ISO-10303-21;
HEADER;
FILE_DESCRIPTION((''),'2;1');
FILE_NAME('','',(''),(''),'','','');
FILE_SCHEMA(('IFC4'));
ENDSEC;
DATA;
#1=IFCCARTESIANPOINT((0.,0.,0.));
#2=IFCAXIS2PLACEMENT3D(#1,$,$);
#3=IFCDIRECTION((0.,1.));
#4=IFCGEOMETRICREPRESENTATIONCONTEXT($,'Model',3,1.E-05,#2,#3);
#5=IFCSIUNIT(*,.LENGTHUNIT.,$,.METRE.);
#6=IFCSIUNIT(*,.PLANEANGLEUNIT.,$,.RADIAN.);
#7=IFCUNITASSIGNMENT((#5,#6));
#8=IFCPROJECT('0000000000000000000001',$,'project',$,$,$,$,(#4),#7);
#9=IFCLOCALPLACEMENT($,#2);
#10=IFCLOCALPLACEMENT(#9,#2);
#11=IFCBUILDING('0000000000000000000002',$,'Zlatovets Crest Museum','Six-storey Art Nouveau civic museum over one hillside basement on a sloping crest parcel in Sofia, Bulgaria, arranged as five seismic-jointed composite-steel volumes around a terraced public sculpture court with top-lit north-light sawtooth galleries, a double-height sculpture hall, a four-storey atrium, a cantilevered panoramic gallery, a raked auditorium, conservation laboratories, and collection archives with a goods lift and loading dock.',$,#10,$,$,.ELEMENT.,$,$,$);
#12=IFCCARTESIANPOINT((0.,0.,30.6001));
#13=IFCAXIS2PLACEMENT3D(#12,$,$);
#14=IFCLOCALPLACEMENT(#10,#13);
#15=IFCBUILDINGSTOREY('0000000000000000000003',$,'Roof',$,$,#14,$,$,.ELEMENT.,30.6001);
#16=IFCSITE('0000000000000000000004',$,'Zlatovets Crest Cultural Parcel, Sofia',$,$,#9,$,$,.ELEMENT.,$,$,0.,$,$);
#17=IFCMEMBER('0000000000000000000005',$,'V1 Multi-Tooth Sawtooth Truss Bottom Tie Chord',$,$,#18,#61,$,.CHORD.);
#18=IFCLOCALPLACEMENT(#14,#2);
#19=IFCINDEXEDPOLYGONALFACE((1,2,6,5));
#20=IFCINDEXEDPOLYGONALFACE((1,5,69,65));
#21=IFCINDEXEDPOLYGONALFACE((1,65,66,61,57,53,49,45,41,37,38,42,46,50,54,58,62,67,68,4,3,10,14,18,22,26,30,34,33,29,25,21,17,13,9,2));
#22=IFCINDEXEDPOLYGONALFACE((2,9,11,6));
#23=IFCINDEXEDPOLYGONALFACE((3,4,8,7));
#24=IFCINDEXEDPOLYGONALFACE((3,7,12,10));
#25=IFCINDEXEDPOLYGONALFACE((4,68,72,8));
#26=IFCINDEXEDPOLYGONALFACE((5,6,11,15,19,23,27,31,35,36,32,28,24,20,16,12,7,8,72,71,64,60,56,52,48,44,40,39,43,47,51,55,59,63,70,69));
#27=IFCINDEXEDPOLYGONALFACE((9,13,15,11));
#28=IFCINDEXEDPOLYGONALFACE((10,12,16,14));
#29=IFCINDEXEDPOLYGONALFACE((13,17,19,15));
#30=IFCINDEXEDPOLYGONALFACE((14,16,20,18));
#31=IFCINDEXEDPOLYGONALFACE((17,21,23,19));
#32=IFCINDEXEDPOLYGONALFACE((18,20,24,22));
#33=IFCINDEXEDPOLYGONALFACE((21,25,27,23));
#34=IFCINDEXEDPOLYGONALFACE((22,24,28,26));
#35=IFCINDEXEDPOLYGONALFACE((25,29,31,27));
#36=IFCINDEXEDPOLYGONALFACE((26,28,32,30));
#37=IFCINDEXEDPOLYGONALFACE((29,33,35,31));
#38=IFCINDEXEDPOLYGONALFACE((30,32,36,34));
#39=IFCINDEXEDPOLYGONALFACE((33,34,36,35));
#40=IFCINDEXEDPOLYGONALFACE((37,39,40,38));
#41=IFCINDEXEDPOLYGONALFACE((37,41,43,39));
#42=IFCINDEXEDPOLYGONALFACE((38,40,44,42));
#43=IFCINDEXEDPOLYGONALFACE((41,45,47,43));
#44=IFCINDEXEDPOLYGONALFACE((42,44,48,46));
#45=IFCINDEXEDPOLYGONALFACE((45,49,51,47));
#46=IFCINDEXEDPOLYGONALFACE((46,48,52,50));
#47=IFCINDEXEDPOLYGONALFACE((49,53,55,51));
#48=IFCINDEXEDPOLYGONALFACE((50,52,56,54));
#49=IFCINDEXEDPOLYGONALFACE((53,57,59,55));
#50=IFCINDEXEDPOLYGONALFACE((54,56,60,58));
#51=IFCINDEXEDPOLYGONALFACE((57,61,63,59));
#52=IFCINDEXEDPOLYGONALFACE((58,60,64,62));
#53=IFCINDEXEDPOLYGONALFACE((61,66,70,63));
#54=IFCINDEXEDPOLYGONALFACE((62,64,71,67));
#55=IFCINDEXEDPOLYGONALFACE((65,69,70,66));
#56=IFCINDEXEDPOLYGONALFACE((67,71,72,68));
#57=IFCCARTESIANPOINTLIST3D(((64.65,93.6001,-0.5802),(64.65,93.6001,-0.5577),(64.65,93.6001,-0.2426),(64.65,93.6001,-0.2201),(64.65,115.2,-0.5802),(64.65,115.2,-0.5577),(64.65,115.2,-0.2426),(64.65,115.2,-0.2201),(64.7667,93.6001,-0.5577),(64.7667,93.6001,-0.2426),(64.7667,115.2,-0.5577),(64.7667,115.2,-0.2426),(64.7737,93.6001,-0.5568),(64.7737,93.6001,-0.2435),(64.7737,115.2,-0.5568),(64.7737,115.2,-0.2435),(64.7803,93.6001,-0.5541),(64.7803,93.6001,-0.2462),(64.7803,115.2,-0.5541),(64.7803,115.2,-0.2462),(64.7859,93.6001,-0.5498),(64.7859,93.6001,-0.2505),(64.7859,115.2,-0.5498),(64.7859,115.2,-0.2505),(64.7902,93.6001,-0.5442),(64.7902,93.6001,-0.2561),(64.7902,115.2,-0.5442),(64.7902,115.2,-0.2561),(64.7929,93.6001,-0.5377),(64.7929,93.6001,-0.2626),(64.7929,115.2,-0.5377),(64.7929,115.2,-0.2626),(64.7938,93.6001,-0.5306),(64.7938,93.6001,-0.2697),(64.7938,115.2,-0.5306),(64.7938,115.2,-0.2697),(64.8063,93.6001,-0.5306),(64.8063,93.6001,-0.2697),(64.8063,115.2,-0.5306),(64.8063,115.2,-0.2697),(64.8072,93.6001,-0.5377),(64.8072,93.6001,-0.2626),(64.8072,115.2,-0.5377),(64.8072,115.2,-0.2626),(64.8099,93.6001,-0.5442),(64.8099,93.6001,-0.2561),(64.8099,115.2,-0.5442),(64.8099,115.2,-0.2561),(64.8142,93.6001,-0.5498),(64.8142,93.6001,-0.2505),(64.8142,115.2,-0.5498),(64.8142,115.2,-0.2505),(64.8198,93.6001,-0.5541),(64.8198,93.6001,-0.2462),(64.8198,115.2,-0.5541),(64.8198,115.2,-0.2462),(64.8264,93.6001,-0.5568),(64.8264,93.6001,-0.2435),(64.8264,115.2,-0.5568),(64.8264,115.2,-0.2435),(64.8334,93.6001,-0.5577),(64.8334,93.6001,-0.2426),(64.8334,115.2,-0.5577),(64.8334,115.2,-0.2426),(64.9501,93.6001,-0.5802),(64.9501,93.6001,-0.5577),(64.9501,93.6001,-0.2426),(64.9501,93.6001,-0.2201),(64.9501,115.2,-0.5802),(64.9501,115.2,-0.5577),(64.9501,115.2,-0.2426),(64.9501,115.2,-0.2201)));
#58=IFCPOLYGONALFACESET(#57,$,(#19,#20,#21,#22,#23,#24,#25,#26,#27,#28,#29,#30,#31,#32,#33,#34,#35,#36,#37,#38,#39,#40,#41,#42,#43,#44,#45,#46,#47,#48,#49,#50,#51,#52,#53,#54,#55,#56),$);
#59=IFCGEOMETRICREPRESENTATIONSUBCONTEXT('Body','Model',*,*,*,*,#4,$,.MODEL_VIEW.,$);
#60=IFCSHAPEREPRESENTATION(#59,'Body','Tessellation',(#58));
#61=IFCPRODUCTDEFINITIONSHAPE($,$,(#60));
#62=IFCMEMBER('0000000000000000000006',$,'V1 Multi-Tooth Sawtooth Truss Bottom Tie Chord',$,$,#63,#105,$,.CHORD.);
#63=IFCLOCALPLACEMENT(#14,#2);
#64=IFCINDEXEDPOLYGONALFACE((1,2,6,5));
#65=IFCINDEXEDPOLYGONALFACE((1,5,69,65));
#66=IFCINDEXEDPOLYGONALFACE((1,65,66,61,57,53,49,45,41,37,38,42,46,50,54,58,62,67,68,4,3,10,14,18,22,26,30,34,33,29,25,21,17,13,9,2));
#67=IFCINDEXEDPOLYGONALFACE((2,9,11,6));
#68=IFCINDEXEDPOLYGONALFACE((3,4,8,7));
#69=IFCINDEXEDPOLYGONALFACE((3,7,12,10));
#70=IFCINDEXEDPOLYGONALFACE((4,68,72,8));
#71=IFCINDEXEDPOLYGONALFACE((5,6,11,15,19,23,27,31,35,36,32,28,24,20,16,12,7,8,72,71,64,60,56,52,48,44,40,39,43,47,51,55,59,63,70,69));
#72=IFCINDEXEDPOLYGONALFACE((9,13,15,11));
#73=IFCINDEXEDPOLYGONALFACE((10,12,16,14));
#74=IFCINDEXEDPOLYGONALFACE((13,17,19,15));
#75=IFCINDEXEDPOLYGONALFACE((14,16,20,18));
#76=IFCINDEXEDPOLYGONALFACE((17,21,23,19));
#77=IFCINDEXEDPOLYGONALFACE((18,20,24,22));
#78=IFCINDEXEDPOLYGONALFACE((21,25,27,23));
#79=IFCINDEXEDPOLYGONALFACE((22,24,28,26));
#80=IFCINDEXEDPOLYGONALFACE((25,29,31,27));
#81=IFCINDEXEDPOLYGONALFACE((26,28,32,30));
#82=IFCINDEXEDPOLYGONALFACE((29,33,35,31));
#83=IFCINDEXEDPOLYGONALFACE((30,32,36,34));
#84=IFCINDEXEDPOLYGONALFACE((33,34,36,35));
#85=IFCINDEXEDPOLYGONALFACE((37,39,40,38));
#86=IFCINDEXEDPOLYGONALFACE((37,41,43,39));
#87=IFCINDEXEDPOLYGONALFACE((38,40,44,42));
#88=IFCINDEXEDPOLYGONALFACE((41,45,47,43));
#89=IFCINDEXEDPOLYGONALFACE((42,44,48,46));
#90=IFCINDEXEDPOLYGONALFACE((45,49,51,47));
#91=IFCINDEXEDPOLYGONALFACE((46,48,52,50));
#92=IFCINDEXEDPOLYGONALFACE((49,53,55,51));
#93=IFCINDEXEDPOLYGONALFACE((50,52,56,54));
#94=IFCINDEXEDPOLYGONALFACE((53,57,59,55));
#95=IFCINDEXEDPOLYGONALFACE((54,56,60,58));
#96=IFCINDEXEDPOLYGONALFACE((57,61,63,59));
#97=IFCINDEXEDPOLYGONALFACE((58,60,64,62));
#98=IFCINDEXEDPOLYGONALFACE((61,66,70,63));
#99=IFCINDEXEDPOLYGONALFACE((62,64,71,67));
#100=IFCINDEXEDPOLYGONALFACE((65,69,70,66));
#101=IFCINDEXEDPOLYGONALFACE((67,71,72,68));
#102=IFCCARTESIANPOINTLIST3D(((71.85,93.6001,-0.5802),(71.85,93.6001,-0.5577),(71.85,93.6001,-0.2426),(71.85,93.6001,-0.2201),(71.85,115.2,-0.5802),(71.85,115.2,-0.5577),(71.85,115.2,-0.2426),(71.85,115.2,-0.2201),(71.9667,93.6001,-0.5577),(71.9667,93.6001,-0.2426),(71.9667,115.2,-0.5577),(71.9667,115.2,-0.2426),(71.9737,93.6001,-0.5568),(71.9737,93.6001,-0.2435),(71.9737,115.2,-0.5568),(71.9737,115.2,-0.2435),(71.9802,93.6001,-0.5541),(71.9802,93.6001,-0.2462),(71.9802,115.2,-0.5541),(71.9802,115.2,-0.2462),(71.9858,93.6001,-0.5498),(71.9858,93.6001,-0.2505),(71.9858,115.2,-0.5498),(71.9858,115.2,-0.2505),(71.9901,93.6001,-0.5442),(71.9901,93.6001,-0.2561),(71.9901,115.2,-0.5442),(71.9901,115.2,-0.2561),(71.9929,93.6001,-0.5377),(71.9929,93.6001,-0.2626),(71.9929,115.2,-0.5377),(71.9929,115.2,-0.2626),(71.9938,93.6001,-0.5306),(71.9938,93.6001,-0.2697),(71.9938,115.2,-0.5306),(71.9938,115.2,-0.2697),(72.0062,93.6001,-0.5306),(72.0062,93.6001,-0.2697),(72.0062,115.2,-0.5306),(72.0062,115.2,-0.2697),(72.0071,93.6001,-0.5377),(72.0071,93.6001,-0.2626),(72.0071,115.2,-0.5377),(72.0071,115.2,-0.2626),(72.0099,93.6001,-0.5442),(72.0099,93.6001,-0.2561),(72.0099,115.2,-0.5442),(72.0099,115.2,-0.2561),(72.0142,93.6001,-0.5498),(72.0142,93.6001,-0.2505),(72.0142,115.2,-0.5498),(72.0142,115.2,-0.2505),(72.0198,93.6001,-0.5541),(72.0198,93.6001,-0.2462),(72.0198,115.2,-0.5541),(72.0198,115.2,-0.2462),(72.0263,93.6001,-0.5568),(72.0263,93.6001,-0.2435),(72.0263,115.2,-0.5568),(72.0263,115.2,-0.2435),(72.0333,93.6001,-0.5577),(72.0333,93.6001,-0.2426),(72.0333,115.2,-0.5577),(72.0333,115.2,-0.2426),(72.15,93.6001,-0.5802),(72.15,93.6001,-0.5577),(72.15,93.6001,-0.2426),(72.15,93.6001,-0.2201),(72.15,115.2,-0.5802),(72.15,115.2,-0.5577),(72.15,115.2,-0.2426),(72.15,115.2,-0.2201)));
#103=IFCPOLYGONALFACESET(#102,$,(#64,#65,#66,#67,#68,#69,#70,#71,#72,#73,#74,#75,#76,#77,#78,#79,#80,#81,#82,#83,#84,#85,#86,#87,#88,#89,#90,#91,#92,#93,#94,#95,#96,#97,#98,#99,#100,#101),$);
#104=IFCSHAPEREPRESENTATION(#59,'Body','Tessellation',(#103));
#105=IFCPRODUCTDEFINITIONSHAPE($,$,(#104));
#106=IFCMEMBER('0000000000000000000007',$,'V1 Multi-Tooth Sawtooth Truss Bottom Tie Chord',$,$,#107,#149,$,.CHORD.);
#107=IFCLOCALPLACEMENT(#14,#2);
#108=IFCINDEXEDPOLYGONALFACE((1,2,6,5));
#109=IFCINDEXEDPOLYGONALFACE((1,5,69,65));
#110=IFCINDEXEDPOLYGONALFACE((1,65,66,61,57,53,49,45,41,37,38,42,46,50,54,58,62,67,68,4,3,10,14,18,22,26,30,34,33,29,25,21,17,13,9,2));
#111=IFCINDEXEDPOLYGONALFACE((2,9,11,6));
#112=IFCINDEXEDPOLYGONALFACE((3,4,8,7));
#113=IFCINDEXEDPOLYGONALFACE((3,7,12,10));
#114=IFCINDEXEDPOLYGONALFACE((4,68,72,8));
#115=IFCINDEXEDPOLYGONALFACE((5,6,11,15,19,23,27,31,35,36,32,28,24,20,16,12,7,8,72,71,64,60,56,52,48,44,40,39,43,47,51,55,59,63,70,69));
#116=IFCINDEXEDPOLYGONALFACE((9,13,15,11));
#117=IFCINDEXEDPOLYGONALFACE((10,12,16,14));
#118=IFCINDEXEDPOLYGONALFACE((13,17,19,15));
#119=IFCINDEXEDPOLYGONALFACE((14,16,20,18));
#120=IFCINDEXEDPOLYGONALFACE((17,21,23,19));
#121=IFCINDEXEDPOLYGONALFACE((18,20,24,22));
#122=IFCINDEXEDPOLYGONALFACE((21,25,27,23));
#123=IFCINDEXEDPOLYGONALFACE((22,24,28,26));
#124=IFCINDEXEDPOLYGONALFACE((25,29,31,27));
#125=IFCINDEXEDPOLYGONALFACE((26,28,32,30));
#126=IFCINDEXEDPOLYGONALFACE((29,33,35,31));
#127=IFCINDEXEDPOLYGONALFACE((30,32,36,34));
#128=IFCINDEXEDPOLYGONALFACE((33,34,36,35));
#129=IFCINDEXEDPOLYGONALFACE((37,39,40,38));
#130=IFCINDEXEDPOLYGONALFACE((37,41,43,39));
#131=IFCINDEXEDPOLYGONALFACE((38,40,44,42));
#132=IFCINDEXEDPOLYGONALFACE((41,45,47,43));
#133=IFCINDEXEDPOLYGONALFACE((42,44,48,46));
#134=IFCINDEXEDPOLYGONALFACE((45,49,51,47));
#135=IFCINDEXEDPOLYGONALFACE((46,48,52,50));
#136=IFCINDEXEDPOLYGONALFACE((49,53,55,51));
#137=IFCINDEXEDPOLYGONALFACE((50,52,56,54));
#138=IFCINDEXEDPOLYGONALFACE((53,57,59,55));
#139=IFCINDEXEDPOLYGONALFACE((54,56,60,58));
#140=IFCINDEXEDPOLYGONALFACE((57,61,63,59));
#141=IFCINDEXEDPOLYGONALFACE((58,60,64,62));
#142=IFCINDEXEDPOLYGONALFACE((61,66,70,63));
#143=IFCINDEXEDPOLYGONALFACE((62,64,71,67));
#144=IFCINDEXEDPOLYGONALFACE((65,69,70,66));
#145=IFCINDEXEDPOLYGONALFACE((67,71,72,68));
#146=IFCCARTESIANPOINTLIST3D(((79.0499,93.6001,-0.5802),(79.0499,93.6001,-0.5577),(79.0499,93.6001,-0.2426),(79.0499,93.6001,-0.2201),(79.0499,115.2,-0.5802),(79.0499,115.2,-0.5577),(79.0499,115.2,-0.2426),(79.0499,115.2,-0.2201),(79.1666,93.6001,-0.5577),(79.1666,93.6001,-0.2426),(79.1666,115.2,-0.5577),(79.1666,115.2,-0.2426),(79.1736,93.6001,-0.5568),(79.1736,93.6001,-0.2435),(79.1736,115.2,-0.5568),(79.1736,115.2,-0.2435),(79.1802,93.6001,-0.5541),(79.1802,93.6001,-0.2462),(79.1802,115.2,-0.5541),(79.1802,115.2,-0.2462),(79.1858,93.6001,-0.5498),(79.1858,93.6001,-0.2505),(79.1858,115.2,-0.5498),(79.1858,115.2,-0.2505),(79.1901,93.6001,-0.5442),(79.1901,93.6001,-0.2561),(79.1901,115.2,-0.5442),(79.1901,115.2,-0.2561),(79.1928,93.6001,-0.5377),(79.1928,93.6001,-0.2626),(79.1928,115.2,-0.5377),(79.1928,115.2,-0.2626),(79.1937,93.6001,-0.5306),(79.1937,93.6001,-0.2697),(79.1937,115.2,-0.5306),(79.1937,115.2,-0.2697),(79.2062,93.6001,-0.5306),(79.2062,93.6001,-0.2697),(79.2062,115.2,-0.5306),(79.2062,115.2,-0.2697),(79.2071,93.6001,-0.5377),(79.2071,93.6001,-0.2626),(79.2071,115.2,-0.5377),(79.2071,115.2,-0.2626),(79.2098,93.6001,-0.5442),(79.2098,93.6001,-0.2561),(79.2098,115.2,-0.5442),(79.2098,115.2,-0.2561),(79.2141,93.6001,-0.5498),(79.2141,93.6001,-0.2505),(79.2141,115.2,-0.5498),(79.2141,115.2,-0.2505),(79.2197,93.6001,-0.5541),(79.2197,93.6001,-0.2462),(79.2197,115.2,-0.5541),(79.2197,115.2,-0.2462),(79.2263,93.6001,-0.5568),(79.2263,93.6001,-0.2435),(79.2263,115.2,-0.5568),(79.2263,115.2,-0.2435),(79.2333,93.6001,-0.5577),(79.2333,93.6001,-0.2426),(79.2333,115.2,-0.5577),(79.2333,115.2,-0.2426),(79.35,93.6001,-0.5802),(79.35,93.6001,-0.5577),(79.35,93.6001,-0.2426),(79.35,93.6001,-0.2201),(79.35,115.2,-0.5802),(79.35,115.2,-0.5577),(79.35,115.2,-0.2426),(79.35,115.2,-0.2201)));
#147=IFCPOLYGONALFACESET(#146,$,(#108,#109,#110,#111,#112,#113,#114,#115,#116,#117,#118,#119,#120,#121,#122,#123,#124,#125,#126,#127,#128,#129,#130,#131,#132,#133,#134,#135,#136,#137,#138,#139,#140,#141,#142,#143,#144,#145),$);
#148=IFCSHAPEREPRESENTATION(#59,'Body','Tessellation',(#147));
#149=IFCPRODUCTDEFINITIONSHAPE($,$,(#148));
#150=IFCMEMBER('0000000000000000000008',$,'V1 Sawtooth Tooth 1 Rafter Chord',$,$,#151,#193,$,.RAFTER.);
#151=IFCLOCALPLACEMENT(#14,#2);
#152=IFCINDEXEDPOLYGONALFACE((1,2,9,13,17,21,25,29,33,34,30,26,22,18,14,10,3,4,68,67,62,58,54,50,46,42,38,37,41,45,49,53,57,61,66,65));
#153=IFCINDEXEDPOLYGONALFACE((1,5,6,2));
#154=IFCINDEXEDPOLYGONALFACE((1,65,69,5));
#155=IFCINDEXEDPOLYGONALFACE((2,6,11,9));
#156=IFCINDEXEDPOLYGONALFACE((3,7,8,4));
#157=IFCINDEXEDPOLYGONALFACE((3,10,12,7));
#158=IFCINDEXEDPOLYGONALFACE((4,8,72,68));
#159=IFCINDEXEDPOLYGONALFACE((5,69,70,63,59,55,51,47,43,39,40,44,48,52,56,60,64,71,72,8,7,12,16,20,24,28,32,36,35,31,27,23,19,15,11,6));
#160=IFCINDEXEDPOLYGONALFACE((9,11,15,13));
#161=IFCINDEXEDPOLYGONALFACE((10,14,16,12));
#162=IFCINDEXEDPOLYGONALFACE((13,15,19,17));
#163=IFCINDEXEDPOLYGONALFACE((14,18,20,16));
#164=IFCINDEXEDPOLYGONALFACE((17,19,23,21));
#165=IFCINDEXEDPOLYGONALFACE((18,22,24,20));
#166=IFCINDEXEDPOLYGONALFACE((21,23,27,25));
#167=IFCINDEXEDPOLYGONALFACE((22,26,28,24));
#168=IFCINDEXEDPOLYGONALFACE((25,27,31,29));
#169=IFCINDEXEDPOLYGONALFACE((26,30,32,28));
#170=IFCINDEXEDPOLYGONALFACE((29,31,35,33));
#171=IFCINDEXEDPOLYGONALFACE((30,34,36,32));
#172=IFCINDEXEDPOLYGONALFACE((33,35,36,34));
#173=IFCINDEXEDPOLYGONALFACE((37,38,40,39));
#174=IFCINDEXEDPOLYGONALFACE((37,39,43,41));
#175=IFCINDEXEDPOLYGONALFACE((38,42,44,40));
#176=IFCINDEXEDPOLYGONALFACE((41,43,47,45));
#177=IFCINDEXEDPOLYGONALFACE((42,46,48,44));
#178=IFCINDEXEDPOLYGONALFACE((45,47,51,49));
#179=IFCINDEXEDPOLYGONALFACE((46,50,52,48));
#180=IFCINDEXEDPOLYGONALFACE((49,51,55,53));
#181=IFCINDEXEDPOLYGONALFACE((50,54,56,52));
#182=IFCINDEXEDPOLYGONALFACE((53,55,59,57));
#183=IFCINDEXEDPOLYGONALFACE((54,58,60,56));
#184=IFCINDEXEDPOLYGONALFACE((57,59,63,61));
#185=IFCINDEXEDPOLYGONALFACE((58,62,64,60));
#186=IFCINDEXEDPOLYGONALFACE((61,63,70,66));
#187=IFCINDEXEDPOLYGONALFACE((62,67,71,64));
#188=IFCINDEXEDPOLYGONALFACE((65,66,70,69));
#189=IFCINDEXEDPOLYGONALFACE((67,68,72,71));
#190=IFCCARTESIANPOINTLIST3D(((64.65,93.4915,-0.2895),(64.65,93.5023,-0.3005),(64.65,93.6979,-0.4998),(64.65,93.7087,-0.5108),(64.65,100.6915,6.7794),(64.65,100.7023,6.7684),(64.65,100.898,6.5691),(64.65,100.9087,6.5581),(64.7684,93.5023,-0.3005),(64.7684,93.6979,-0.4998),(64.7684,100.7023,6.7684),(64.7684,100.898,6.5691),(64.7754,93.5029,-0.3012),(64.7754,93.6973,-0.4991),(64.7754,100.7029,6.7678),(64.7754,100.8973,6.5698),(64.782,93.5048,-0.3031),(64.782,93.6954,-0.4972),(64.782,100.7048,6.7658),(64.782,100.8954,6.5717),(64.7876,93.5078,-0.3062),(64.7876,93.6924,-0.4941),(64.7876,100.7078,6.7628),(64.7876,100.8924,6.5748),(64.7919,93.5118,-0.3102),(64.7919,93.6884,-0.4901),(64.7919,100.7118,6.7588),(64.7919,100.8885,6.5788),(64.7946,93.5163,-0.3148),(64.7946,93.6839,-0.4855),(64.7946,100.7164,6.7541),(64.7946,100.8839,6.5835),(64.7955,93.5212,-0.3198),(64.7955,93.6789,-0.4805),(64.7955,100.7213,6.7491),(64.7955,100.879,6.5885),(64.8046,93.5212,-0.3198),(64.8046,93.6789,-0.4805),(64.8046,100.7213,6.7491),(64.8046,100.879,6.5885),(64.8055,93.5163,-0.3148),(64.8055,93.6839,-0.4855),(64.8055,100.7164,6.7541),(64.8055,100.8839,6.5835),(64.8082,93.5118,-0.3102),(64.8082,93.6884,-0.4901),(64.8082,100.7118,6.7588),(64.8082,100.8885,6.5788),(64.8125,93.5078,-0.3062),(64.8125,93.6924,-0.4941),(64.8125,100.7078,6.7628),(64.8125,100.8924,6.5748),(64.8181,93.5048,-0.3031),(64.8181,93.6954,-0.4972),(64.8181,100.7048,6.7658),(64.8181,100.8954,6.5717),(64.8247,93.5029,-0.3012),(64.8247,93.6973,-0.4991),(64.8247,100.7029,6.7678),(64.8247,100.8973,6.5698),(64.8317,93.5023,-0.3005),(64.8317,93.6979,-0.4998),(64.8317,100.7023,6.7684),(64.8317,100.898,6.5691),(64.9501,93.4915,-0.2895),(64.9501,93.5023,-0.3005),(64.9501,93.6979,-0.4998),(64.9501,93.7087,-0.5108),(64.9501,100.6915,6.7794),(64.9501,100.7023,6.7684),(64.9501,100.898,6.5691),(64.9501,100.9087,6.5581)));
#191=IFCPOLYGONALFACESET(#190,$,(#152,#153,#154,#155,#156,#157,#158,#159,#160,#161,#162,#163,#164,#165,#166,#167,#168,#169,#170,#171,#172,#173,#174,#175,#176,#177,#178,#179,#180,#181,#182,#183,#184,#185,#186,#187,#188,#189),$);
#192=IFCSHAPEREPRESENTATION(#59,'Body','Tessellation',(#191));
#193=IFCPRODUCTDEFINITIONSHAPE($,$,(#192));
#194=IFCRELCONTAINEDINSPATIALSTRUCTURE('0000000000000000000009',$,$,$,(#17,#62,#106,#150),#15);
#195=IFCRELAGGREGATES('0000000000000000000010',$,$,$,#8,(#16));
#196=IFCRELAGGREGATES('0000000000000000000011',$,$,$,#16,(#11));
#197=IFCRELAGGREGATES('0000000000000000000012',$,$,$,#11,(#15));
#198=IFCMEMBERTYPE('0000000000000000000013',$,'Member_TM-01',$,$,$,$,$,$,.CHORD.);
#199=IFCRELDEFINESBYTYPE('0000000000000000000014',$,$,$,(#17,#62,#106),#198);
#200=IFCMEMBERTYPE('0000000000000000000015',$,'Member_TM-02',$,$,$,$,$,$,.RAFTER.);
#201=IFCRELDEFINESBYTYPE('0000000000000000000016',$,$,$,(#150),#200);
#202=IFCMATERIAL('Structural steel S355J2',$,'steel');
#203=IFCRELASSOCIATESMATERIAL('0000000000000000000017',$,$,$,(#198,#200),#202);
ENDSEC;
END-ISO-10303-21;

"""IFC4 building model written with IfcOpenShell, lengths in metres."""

from ifc_helpers import new_model, si_unit, direction, frame, origin, origin_2d, place, context, subcontext, project, spatial, i_section, extrude, material, material_profile, profile_set, type_object, element, save


model = new_model("IFC4")

# Units and contexts
model_context = context("Model", 3, precision=1e-05, world=origin(), true_north=direction((0.0, 1.0)))
body_context = subcontext(model_context, "Body", "Model", "MODEL_VIEW")
ifc_project = project(units=[si_unit("LENGTHUNIT", "METRE"), si_unit("PLANEANGLEUNIT", "RADIAN")], contexts=[model_context])

# Site, building, storey
site_placement = place(None, origin())
site = spatial("IfcSite", under=ifc_project, at=site_placement, Name="Zlatovets Crest Cultural Parcel, Sofia", CompositionType="ELEMENT", RefElevation=0.0)
building_placement = place(site_placement, origin())
building = spatial("IfcBuilding", under=site, at=building_placement, Name="Zlatovets Crest Museum", Description="Six-storey Art Nouveau civic museum over one hillside basement on a sloping crest parcel in Sofia, Bulgaria, arranged as five seismic-jointed composite-steel volumes around a terraced public sculpture court with top-lit north-light sawtooth galleries, a double-height sculpture hall, a four-storey atrium, a cantilevered panoramic gallery, a raked auditorium, conservation laboratories, and collection archives with a goods lift and loading dock.", CompositionType="ELEMENT")
storey_placement = place(building_placement, frame((0.0, 0.0, 30.6001)))
storey = spatial("IfcBuildingStorey", under=building, at=storey_placement, Name="Roof", CompositionType="ELEMENT", Elevation=30.6001)

# Shared definitions
ifc_material_1 = material(Name="Structural steel S355J2", Category="steel")

# Members
ifc_material_profile_1 = material_profile(ifc_material_1, i_section(OverallWidth=0.3, OverallDepth=0.3601, WebThickness=0.0125, FlangeThickness=0.0225, FilletRadius=0.0271, at=origin_2d()), Name="HEB 360")
ifc_profile_set_1 = profile_set([ifc_material_profile_1], Name="Structural steel S355J2")
member_type_1 = type_object("IfcMemberType", Name="Member_TM-01", PredefinedType="CHORD", material=ifc_profile_set_1)
for number, where, z_axis, x_axis, name in (
    (1, (64.8, 93.6001, -0.4001), (0.0, 1.0, 0.0), (-1.0, 0.0, 0.0), "V1 Multi-Tooth Sawtooth Truss Bottom Tie Chord"),
    (2, (72.0, 93.6001, -0.4001), (0.0, 1.0, 0.0), (-1.0, 0.0, 0.0), "V1 Multi-Tooth Sawtooth Truss Bottom Tie Chord"),
    (3, (79.2, 93.6001, -0.4001), (0.0, 1.0, 0.0), (-1.0, 0.0, 0.0), "V1 Multi-Tooth Sawtooth Truss Bottom Tie Chord"),
):
    element("IfcMember", number, at=place(storey_placement, frame(where, z_axis=z_axis, x_axis=x_axis)), inside=storey, type_object=member_type_1, Name=name, PredefinedType="CHORD", context=body_context, shape_type="SweptSolid", body=[
        extrude(i_section(OverallWidth=0.3, OverallDepth=0.3601, WebThickness=0.0125, FlangeThickness=0.0225, FilletRadius=0.0271, at=origin_2d()), origin(), (0.0, 0.0, 1.0), 21.5999),
    ])
ifc_material_profile_2 = material_profile(ifc_material_1, i_section(OverallWidth=0.3, OverallDepth=0.3101, WebThickness=0.009, FlangeThickness=0.0154, FilletRadius=0.0271, at=origin_2d()), Name="HEA 320")
ifc_profile_set_2 = profile_set([ifc_material_profile_2], Name="Structural steel S355J2")
member_type_2 = type_object("IfcMemberType", Name="Member_TM-02", PredefinedType="RAFTER", material=ifc_profile_set_2)
for number, where, z_axis, x_axis, name in (
    (4, (64.8, 93.6001, -0.4001), (0.0, 0.713574, 0.70058), (-1.0, 0.0, 0.0), "V1 Sawtooth Tooth 1 Rafter Chord"),
):
    element("IfcMember", number, at=place(storey_placement, frame(where, z_axis=z_axis, x_axis=x_axis)), inside=storey, type_object=member_type_2, Name=name, PredefinedType="RAFTER", context=body_context, shape_type="SweptSolid", body=[
        extrude(i_section(OverallWidth=0.3, OverallDepth=0.3101, WebThickness=0.009, FlangeThickness=0.0154, FilletRadius=0.0271, at=origin_2d()), origin(), (0.0, 0.0, 1.0), 10.0901),
    ])

save(model, "model.ifc")
